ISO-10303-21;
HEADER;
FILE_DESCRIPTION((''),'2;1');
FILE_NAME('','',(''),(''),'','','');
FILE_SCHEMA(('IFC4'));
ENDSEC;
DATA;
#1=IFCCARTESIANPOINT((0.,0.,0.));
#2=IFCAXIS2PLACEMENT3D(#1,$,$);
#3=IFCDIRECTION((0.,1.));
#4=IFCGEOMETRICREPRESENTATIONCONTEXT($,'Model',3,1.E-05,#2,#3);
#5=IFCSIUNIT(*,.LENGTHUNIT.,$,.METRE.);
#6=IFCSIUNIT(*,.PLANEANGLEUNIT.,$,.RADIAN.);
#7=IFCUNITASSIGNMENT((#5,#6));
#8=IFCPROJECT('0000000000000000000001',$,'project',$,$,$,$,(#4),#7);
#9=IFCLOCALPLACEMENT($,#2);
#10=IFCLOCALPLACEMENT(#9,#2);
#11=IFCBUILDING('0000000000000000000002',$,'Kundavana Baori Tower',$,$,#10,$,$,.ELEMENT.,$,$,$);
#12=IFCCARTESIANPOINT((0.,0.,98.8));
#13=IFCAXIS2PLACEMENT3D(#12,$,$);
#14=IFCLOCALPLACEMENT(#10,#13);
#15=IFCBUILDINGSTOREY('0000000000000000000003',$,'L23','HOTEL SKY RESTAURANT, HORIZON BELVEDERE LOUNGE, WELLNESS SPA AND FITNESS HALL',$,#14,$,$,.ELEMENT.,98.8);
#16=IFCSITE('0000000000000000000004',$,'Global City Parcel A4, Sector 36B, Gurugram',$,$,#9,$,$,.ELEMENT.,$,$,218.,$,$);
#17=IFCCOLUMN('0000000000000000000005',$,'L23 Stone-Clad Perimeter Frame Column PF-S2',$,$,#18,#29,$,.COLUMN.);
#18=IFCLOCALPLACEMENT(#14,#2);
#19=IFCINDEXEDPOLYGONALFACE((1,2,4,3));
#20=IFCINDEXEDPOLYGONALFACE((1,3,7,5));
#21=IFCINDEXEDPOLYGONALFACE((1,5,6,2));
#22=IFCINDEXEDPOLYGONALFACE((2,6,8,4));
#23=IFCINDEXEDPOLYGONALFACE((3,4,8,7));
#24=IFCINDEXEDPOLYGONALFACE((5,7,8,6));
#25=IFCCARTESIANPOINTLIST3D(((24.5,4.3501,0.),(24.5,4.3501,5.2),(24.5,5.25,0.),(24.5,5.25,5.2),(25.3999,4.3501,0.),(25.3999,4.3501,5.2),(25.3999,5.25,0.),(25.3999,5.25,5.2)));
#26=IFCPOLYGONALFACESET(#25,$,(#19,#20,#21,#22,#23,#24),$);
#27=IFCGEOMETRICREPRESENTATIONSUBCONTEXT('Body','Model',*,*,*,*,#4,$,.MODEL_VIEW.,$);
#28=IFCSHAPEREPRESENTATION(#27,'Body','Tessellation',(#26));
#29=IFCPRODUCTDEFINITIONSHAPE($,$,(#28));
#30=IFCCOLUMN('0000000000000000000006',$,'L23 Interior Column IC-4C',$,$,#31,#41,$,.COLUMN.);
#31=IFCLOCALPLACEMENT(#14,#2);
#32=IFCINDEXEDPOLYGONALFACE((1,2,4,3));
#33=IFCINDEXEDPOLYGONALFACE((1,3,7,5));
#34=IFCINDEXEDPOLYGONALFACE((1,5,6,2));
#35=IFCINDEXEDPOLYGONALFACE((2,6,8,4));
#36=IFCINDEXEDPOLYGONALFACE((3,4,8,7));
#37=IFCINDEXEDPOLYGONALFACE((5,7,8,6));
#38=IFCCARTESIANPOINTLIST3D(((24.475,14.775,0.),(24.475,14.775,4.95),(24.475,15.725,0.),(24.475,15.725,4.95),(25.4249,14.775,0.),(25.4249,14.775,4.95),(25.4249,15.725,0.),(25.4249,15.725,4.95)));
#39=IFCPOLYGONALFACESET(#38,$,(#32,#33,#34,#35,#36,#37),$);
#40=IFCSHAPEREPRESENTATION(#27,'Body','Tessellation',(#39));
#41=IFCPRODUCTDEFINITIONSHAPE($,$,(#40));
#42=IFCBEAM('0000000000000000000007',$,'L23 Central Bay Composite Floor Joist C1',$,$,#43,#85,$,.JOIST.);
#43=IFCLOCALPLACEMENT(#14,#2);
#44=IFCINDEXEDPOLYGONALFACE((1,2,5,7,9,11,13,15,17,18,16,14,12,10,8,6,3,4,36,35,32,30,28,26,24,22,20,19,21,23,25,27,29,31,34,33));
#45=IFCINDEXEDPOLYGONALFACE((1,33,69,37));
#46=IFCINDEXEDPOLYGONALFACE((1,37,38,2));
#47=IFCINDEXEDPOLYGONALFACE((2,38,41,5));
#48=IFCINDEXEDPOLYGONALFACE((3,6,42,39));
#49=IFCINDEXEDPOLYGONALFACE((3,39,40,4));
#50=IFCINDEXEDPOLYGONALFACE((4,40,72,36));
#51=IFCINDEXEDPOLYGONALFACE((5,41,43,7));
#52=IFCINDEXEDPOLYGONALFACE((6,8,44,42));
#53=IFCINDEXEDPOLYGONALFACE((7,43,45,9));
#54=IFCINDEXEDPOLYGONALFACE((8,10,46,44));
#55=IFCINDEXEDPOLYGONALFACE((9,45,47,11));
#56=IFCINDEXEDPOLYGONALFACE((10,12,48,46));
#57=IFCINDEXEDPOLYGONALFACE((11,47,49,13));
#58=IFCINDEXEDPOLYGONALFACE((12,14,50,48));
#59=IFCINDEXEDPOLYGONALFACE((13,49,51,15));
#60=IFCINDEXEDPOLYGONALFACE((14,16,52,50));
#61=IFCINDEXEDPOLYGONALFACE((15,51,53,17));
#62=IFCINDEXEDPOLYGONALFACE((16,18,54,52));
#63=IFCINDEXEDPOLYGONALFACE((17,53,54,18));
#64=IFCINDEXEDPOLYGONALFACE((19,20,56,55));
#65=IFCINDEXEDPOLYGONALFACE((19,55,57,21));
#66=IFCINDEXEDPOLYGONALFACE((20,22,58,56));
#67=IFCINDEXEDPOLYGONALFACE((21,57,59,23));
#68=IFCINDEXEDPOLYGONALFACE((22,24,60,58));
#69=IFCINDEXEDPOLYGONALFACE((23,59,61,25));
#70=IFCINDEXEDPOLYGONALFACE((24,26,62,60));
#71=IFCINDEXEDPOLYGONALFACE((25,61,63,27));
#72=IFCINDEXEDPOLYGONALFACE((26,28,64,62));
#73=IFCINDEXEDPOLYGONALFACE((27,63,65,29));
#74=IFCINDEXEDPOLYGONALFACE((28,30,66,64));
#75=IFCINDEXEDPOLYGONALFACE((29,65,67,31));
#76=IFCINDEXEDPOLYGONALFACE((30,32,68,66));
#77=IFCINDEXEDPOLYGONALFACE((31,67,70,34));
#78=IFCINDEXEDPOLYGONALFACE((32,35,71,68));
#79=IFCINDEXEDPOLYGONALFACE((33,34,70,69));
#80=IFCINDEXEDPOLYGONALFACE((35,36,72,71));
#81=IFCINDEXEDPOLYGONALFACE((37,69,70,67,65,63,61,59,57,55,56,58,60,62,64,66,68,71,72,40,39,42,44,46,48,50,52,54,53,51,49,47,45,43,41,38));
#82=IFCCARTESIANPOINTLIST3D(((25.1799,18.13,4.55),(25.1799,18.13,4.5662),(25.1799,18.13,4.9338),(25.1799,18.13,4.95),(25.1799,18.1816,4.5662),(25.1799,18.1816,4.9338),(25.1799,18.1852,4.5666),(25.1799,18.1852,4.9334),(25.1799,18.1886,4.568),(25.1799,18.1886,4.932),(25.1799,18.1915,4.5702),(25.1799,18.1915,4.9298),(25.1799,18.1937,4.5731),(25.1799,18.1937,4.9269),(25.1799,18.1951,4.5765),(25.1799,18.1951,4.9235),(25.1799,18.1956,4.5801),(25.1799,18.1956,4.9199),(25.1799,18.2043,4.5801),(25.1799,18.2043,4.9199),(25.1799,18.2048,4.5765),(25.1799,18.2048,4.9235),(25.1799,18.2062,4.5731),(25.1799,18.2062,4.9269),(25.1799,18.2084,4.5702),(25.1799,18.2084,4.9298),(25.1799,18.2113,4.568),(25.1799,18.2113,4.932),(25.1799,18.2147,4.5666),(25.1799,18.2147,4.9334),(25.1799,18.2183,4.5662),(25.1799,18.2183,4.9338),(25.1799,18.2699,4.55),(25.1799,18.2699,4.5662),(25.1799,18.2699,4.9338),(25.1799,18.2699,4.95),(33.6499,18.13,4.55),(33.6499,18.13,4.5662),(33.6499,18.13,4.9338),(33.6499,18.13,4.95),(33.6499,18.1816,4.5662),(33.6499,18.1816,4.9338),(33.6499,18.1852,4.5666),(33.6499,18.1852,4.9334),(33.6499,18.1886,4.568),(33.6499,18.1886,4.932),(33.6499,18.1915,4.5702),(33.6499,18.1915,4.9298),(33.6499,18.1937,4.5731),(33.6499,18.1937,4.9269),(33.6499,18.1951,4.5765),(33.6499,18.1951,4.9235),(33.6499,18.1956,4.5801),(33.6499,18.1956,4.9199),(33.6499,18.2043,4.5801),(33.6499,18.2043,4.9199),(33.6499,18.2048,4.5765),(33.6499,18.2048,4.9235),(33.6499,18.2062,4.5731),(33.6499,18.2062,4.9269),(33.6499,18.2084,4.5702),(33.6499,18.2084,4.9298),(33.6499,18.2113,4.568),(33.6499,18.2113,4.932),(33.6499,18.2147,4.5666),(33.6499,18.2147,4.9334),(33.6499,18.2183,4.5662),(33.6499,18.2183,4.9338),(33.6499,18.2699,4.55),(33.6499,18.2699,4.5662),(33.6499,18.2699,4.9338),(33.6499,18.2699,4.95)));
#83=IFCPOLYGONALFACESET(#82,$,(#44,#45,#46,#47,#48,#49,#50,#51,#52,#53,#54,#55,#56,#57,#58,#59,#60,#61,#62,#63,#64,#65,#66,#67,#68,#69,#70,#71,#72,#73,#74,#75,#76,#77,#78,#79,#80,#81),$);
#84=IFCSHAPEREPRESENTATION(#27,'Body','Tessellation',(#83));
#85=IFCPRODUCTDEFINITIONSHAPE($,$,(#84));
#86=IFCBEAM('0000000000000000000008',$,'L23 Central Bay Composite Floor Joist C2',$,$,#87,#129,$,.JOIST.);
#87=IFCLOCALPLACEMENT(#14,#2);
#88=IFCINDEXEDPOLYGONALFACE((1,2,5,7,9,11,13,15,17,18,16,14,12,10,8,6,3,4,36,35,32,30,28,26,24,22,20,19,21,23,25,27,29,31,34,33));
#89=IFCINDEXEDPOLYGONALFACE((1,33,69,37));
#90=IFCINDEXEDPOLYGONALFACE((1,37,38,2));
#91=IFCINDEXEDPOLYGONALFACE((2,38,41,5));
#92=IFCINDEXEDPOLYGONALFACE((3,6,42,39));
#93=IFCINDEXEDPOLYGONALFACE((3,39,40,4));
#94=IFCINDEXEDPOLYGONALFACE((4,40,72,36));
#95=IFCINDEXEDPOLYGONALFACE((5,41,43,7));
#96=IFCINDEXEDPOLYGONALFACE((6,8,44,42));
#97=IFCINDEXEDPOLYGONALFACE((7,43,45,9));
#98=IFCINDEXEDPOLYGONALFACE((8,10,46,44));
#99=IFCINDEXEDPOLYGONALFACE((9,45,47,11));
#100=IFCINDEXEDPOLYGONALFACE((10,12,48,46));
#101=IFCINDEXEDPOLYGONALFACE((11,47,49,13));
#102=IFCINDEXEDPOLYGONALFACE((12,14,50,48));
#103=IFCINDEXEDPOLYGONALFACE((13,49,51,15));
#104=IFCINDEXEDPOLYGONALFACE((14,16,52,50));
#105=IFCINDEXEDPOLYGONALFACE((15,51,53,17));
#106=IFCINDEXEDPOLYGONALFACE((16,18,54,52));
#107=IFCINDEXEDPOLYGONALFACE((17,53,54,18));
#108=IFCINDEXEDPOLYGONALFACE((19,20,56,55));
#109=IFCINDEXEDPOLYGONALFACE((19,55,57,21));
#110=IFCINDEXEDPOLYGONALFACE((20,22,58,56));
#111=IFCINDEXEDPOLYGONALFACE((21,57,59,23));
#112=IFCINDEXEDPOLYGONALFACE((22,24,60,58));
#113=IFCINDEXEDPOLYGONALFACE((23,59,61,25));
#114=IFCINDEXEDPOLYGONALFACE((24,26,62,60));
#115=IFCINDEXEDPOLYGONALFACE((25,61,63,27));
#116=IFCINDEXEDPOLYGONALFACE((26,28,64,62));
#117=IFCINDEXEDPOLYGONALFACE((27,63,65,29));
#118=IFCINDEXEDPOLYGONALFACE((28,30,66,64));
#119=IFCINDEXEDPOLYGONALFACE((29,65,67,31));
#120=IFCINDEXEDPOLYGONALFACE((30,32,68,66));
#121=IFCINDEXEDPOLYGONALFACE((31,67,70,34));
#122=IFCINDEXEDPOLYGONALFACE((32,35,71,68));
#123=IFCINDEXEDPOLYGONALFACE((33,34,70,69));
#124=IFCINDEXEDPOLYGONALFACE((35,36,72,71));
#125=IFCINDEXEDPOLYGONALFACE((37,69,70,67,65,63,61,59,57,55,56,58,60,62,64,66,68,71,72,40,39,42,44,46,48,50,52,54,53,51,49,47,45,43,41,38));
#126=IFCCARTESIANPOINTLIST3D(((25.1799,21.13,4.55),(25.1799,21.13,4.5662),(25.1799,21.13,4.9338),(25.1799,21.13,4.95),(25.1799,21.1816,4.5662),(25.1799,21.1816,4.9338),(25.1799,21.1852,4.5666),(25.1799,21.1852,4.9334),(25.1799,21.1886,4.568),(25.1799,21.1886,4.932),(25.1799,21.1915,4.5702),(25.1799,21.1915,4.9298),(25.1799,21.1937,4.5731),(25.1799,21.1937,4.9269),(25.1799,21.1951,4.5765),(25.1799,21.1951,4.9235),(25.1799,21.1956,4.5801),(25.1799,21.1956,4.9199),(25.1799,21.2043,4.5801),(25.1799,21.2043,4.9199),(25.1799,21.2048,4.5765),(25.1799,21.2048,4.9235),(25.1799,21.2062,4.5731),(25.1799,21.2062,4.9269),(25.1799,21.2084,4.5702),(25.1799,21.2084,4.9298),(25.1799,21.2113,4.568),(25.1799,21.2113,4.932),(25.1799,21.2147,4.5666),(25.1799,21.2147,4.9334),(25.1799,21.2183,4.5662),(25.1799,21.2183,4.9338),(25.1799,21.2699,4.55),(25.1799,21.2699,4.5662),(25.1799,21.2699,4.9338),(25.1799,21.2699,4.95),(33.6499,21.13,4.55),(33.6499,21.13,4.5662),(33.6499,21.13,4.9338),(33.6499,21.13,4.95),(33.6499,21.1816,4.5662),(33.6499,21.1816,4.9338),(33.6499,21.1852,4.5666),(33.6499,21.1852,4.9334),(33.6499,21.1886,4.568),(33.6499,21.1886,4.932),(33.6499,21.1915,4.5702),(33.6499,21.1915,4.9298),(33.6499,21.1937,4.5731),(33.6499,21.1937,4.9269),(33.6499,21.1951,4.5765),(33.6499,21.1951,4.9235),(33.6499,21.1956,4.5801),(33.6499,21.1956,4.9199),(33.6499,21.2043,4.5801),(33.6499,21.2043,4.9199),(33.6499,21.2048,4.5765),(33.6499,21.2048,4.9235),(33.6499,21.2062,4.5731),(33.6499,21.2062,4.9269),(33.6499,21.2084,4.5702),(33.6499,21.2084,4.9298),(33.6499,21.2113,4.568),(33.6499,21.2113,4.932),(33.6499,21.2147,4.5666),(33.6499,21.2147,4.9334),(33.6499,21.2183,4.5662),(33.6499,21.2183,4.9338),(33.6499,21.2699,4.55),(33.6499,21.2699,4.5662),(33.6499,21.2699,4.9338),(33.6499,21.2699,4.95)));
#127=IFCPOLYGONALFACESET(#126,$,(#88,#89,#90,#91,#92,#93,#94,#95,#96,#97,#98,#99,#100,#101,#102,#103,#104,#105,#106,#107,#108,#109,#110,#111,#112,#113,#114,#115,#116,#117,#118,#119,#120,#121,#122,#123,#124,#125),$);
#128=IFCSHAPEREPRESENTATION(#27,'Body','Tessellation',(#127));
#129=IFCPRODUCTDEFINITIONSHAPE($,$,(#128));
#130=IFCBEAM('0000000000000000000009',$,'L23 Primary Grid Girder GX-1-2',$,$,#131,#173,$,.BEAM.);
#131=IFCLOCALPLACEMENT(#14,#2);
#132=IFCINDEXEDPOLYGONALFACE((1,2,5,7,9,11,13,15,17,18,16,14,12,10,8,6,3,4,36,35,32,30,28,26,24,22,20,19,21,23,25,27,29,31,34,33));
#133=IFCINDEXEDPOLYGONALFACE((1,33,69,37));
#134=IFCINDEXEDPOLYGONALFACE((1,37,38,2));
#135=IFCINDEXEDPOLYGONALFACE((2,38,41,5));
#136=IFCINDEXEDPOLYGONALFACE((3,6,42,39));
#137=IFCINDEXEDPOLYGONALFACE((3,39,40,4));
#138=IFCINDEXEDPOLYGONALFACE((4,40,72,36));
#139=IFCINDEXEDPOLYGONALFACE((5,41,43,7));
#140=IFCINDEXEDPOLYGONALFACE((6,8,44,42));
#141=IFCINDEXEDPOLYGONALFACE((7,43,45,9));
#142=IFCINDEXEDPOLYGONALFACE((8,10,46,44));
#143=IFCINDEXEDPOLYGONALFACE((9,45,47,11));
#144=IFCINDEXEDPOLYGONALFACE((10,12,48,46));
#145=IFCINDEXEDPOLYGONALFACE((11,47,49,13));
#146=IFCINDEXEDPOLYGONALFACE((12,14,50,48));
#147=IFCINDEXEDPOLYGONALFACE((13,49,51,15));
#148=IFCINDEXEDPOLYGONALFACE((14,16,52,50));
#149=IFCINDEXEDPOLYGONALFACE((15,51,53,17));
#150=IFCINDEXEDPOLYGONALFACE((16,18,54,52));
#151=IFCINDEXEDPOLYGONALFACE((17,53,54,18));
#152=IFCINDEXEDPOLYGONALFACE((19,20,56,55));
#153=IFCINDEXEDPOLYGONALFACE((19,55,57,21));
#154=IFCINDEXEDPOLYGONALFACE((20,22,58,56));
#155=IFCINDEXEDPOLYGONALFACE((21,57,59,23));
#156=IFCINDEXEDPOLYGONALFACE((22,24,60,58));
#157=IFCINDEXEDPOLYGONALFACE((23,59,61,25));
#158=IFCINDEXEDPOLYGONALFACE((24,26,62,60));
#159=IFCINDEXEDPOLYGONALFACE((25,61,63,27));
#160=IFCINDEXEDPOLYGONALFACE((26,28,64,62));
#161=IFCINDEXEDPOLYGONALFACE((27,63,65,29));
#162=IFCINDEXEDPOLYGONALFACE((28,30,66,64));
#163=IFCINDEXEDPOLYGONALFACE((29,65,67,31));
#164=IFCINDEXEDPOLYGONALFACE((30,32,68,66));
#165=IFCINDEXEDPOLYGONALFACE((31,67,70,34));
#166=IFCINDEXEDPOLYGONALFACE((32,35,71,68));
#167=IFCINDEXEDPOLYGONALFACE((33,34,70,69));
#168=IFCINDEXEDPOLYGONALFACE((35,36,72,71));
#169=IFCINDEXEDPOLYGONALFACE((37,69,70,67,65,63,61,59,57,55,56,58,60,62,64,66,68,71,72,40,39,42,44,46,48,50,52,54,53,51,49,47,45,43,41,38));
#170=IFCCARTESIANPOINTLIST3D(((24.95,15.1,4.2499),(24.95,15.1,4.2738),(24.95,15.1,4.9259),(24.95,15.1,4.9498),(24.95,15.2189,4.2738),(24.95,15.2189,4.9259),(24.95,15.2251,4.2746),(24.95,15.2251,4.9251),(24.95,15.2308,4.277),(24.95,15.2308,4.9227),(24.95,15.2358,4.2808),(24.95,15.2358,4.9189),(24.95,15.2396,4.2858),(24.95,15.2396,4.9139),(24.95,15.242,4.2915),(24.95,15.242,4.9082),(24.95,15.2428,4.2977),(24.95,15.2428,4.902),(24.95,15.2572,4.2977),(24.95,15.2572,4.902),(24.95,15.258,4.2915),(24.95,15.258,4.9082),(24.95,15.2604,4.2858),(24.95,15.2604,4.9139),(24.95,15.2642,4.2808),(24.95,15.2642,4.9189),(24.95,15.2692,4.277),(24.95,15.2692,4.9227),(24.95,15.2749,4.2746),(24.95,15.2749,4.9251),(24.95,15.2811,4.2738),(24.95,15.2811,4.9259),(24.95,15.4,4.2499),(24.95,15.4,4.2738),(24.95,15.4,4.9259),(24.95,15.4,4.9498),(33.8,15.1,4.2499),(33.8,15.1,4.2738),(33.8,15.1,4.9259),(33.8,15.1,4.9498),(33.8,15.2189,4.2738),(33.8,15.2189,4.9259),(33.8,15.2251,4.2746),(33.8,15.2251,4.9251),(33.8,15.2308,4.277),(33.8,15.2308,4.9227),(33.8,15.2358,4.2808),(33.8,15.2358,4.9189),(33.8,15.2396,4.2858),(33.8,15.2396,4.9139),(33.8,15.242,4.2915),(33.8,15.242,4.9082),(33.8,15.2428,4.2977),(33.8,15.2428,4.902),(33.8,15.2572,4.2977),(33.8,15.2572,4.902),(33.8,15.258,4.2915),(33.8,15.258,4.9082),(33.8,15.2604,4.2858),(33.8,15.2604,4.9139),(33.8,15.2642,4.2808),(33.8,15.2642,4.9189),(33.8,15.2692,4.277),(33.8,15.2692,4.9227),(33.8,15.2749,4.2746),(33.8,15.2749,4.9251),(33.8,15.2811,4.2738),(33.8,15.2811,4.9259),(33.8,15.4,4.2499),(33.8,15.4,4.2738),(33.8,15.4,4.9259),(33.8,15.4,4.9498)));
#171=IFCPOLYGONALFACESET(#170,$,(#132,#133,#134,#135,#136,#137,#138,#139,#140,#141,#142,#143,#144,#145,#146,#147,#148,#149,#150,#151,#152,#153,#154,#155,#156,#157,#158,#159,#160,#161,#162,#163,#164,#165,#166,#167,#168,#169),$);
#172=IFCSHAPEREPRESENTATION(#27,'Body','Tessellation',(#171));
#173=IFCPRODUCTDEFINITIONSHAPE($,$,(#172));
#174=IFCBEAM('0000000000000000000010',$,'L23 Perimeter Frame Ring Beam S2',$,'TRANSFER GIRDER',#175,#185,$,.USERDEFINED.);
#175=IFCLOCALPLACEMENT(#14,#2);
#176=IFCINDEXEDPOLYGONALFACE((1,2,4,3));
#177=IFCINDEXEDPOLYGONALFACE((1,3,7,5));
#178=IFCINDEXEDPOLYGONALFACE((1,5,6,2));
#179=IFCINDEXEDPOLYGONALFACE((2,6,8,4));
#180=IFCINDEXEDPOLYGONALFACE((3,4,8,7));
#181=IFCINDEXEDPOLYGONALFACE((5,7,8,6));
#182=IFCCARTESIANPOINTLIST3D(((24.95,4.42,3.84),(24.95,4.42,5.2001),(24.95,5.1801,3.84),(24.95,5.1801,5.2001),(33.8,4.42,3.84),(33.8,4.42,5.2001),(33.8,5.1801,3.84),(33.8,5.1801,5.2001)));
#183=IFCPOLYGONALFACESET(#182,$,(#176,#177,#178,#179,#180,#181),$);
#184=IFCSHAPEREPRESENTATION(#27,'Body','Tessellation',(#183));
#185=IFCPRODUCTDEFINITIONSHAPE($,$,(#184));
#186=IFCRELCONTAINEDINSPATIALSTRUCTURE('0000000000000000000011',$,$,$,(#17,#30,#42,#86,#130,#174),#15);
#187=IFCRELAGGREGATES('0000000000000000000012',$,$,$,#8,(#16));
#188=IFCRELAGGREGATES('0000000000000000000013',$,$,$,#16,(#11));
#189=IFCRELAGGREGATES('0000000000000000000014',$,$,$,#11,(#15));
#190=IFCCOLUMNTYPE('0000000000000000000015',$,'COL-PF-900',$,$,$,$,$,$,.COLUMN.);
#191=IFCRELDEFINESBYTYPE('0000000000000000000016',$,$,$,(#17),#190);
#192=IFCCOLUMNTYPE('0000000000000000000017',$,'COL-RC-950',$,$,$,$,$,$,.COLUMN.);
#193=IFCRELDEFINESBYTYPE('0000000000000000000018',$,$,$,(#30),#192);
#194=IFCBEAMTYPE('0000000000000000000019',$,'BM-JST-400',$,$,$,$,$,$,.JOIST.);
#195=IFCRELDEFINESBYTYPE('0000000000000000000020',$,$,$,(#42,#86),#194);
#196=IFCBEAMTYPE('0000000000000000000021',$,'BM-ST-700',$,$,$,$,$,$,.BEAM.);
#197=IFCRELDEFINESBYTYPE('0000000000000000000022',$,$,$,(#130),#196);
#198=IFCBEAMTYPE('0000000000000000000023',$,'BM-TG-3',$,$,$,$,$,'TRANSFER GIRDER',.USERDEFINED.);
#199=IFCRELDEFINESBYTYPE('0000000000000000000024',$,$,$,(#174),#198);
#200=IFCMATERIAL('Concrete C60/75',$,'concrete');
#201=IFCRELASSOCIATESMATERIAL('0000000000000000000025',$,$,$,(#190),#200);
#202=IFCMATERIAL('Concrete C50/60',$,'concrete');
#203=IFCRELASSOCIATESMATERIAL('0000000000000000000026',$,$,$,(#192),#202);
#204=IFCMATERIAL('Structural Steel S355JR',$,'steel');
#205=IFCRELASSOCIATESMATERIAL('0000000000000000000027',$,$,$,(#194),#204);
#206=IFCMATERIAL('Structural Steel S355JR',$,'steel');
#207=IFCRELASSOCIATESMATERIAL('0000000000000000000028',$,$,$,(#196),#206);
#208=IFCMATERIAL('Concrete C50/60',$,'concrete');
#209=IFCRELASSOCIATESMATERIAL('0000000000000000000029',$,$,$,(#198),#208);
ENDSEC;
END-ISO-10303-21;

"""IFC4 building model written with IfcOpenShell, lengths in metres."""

from ifc_helpers import new_model, si_unit, direction, frame, origin, origin_2d, place, context, subcontext, project, spatial, rectangle, i_section, extrude, material, material_profile, profile_set, type_object, element, save


model = new_model("IFC4")

# Units and contexts
model_context = context("Model", 3, precision=1e-05, world=origin(), true_north=direction((0.0, 1.0)))
body_context = subcontext(model_context, "Body", "Model", "MODEL_VIEW")
ifc_project = project(units=[si_unit("LENGTHUNIT", "METRE"), si_unit("PLANEANGLEUNIT", "RADIAN")], contexts=[model_context])

# Site, building, storey
site_placement = place(None, origin())
site = spatial("IfcSite", under=ifc_project, at=site_placement, Name="Global City Parcel A4, Sector 36B, Gurugram", CompositionType="ELEMENT", RefElevation=218.0)
building_placement = place(site_placement, origin())
building = spatial("IfcBuilding", under=site, at=building_placement, Name="Kundavana Baori Tower", CompositionType="ELEMENT")
storey_placement = place(building_placement, frame((0.0, 0.0, 98.8)))
storey = spatial("IfcBuildingStorey", under=building, at=storey_placement, Name="L23", Description="HOTEL SKY RESTAURANT, HORIZON BELVEDERE LOUNGE, WELLNESS SPA AND FITNESS HALL", CompositionType="ELEMENT", Elevation=98.8)

# Columns
ifc_material_1 = material(Name="Concrete C60/75", Category="concrete")
ifc_material_profile_1 = material_profile(ifc_material_1, rectangle(XDim=0.8999, YDim=0.8999, at=origin_2d()), Name="RC PF 900x900")
ifc_profile_set_1 = profile_set([ifc_material_profile_1], Name="Concrete C60/75")
column_type_1 = type_object("IfcColumnType", Name="COL-PF-900", PredefinedType="COLUMN", material=ifc_profile_set_1)
column_1_placement = place(storey_placement, frame((24.95, 4.8, 0.0), z_axis=(0.0, 0.0, 1.0), x_axis=(1.0, 0.0, 0.0)))
element("IfcColumn", 1, at=column_1_placement, inside=storey, type_object=column_type_1, Name="L23 Stone-Clad Perimeter Frame Column PF-S2", PredefinedType="COLUMN", context=body_context, shape_type="SweptSolid", body=[
    extrude(rectangle(XDim=0.8999, YDim=0.8999, at=origin_2d()), origin(), (0.0, 0.0, 1.0), 5.2),
])
ifc_material_2 = material(Name="Concrete C50/60", Category="concrete")
ifc_material_profile_2 = material_profile(ifc_material_2, rectangle(XDim=0.95, YDim=0.95, at=origin_2d()), Name="RC 950x950")
ifc_profile_set_2 = profile_set([ifc_material_profile_2], Name="Concrete C50/60")
column_type_2 = type_object("IfcColumnType", Name="COL-RC-950", PredefinedType="COLUMN", material=ifc_profile_set_2)
column_2_placement = place(storey_placement, frame((24.95, 15.25, 0.0), z_axis=(0.0, 0.0, 1.0), x_axis=(1.0, 0.0, 0.0)))
element("IfcColumn", 2, at=column_2_placement, inside=storey, type_object=column_type_2, Name="L23 Interior Column IC-4C", PredefinedType="COLUMN", context=body_context, shape_type="SweptSolid", body=[
    extrude(rectangle(XDim=0.95, YDim=0.95, at=origin_2d()), origin(), (0.0, 0.0, 1.0), 4.95),
])

# Beams
ifc_material_3 = material(Name="Structural Steel S355JR", Category="steel")
ifc_material_profile_3 = material_profile(ifc_material_3, i_section(OverallWidth=0.1399, OverallDepth=0.3999, WebThickness=0.0088, FlangeThickness=0.0161, FilletRadius=0.0139, at=origin_2d()), Name="ISMB 400")
ifc_profile_set_3 = profile_set([ifc_material_profile_3], Name="Structural Steel S355JR")
beam_type_1 = type_object("IfcBeamType", Name="BM-JST-400", PredefinedType="JOIST", material=ifc_profile_set_3)
for number, where, z_axis, x_axis, name in (
    (3, (25.1799, 18.2, 4.75), (1.0, 0.0, 0.0), (0.0, 1.0, 0.0), "L23 Central Bay Composite Floor Joist C1"),
    (4, (25.1799, 21.2, 4.75), (1.0, 0.0, 0.0), (0.0, 1.0, 0.0), "L23 Central Bay Composite Floor Joist C2"),
):
    element("IfcBeam", number, at=place(storey_placement, frame(where, z_axis=z_axis, x_axis=x_axis)), inside=storey, type_object=beam_type_1, Name=name, PredefinedType="JOIST", context=body_context, shape_type="SweptSolid", body=[
        extrude(i_section(OverallWidth=0.1399, OverallDepth=0.3999, WebThickness=0.0088, FlangeThickness=0.0161, FilletRadius=0.0139, at=origin_2d()), origin(), (0.0, 0.0, 1.0), 8.47),
    ])
ifc_material_4 = material(Name="Structural Steel S355JR", Category="steel")
ifc_material_profile_4 = material_profile(ifc_material_4, i_section(OverallWidth=0.3, OverallDepth=0.7, WebThickness=0.0144, FlangeThickness=0.0239, FilletRadius=0.0239, at=origin_2d()), Name="NPB 700x300x170")
ifc_profile_set_4 = profile_set([ifc_material_profile_4], Name="Structural Steel S355JR")
beam_type_2 = type_object("IfcBeamType", Name="BM-ST-700", PredefinedType="BEAM", material=ifc_profile_set_4)
beam_1_placement = place(storey_placement, frame((24.95, 15.25, 4.5999), z_axis=(1.0, 0.0, 0.0), x_axis=(0.0, 1.0, 0.0)))
element("IfcBeam", 5, at=beam_1_placement, inside=storey, type_object=beam_type_2, Name="L23 Primary Grid Girder GX-1-2", PredefinedType="BEAM", context=body_context, shape_type="SweptSolid", body=[
    extrude(i_section(OverallWidth=0.3, OverallDepth=0.7, WebThickness=0.0144, FlangeThickness=0.0239, FilletRadius=0.0239, at=origin_2d()), origin(), (0.0, 0.0, 1.0), 8.8501),
])
ifc_material_5 = material(Name="Concrete C50/60", Category="concrete")
ifc_material_profile_5 = material_profile(ifc_material_5, rectangle(XDim=0.76, YDim=1.3601, at=origin_2d()), Name="BM-TG-3")
ifc_profile_set_5 = profile_set([ifc_material_profile_5], Name="Concrete C50/60")
beam_type_3 = type_object("IfcBeamType", Name="BM-TG-3", ElementType="TRANSFER GIRDER", PredefinedType="USERDEFINED", material=ifc_profile_set_5)
beam_2_placement = place(storey_placement, frame((24.95, 4.8, 4.52), z_axis=(1.0, 0.0, 0.0), x_axis=(0.0, 1.0, 0.0)))
element("IfcBeam", 6, at=beam_2_placement, inside=storey, type_object=beam_type_3, Name="L23 Perimeter Frame Ring Beam S2", ObjectType="TRANSFER GIRDER", PredefinedType="USERDEFINED", context=body_context, shape_type="SweptSolid", body=[
    extrude(rectangle(XDim=0.76, YDim=1.3601, at=origin_2d()), origin(), (0.0, 0.0, 1.0), 8.8501),
])

save(model, "model.ifc")
